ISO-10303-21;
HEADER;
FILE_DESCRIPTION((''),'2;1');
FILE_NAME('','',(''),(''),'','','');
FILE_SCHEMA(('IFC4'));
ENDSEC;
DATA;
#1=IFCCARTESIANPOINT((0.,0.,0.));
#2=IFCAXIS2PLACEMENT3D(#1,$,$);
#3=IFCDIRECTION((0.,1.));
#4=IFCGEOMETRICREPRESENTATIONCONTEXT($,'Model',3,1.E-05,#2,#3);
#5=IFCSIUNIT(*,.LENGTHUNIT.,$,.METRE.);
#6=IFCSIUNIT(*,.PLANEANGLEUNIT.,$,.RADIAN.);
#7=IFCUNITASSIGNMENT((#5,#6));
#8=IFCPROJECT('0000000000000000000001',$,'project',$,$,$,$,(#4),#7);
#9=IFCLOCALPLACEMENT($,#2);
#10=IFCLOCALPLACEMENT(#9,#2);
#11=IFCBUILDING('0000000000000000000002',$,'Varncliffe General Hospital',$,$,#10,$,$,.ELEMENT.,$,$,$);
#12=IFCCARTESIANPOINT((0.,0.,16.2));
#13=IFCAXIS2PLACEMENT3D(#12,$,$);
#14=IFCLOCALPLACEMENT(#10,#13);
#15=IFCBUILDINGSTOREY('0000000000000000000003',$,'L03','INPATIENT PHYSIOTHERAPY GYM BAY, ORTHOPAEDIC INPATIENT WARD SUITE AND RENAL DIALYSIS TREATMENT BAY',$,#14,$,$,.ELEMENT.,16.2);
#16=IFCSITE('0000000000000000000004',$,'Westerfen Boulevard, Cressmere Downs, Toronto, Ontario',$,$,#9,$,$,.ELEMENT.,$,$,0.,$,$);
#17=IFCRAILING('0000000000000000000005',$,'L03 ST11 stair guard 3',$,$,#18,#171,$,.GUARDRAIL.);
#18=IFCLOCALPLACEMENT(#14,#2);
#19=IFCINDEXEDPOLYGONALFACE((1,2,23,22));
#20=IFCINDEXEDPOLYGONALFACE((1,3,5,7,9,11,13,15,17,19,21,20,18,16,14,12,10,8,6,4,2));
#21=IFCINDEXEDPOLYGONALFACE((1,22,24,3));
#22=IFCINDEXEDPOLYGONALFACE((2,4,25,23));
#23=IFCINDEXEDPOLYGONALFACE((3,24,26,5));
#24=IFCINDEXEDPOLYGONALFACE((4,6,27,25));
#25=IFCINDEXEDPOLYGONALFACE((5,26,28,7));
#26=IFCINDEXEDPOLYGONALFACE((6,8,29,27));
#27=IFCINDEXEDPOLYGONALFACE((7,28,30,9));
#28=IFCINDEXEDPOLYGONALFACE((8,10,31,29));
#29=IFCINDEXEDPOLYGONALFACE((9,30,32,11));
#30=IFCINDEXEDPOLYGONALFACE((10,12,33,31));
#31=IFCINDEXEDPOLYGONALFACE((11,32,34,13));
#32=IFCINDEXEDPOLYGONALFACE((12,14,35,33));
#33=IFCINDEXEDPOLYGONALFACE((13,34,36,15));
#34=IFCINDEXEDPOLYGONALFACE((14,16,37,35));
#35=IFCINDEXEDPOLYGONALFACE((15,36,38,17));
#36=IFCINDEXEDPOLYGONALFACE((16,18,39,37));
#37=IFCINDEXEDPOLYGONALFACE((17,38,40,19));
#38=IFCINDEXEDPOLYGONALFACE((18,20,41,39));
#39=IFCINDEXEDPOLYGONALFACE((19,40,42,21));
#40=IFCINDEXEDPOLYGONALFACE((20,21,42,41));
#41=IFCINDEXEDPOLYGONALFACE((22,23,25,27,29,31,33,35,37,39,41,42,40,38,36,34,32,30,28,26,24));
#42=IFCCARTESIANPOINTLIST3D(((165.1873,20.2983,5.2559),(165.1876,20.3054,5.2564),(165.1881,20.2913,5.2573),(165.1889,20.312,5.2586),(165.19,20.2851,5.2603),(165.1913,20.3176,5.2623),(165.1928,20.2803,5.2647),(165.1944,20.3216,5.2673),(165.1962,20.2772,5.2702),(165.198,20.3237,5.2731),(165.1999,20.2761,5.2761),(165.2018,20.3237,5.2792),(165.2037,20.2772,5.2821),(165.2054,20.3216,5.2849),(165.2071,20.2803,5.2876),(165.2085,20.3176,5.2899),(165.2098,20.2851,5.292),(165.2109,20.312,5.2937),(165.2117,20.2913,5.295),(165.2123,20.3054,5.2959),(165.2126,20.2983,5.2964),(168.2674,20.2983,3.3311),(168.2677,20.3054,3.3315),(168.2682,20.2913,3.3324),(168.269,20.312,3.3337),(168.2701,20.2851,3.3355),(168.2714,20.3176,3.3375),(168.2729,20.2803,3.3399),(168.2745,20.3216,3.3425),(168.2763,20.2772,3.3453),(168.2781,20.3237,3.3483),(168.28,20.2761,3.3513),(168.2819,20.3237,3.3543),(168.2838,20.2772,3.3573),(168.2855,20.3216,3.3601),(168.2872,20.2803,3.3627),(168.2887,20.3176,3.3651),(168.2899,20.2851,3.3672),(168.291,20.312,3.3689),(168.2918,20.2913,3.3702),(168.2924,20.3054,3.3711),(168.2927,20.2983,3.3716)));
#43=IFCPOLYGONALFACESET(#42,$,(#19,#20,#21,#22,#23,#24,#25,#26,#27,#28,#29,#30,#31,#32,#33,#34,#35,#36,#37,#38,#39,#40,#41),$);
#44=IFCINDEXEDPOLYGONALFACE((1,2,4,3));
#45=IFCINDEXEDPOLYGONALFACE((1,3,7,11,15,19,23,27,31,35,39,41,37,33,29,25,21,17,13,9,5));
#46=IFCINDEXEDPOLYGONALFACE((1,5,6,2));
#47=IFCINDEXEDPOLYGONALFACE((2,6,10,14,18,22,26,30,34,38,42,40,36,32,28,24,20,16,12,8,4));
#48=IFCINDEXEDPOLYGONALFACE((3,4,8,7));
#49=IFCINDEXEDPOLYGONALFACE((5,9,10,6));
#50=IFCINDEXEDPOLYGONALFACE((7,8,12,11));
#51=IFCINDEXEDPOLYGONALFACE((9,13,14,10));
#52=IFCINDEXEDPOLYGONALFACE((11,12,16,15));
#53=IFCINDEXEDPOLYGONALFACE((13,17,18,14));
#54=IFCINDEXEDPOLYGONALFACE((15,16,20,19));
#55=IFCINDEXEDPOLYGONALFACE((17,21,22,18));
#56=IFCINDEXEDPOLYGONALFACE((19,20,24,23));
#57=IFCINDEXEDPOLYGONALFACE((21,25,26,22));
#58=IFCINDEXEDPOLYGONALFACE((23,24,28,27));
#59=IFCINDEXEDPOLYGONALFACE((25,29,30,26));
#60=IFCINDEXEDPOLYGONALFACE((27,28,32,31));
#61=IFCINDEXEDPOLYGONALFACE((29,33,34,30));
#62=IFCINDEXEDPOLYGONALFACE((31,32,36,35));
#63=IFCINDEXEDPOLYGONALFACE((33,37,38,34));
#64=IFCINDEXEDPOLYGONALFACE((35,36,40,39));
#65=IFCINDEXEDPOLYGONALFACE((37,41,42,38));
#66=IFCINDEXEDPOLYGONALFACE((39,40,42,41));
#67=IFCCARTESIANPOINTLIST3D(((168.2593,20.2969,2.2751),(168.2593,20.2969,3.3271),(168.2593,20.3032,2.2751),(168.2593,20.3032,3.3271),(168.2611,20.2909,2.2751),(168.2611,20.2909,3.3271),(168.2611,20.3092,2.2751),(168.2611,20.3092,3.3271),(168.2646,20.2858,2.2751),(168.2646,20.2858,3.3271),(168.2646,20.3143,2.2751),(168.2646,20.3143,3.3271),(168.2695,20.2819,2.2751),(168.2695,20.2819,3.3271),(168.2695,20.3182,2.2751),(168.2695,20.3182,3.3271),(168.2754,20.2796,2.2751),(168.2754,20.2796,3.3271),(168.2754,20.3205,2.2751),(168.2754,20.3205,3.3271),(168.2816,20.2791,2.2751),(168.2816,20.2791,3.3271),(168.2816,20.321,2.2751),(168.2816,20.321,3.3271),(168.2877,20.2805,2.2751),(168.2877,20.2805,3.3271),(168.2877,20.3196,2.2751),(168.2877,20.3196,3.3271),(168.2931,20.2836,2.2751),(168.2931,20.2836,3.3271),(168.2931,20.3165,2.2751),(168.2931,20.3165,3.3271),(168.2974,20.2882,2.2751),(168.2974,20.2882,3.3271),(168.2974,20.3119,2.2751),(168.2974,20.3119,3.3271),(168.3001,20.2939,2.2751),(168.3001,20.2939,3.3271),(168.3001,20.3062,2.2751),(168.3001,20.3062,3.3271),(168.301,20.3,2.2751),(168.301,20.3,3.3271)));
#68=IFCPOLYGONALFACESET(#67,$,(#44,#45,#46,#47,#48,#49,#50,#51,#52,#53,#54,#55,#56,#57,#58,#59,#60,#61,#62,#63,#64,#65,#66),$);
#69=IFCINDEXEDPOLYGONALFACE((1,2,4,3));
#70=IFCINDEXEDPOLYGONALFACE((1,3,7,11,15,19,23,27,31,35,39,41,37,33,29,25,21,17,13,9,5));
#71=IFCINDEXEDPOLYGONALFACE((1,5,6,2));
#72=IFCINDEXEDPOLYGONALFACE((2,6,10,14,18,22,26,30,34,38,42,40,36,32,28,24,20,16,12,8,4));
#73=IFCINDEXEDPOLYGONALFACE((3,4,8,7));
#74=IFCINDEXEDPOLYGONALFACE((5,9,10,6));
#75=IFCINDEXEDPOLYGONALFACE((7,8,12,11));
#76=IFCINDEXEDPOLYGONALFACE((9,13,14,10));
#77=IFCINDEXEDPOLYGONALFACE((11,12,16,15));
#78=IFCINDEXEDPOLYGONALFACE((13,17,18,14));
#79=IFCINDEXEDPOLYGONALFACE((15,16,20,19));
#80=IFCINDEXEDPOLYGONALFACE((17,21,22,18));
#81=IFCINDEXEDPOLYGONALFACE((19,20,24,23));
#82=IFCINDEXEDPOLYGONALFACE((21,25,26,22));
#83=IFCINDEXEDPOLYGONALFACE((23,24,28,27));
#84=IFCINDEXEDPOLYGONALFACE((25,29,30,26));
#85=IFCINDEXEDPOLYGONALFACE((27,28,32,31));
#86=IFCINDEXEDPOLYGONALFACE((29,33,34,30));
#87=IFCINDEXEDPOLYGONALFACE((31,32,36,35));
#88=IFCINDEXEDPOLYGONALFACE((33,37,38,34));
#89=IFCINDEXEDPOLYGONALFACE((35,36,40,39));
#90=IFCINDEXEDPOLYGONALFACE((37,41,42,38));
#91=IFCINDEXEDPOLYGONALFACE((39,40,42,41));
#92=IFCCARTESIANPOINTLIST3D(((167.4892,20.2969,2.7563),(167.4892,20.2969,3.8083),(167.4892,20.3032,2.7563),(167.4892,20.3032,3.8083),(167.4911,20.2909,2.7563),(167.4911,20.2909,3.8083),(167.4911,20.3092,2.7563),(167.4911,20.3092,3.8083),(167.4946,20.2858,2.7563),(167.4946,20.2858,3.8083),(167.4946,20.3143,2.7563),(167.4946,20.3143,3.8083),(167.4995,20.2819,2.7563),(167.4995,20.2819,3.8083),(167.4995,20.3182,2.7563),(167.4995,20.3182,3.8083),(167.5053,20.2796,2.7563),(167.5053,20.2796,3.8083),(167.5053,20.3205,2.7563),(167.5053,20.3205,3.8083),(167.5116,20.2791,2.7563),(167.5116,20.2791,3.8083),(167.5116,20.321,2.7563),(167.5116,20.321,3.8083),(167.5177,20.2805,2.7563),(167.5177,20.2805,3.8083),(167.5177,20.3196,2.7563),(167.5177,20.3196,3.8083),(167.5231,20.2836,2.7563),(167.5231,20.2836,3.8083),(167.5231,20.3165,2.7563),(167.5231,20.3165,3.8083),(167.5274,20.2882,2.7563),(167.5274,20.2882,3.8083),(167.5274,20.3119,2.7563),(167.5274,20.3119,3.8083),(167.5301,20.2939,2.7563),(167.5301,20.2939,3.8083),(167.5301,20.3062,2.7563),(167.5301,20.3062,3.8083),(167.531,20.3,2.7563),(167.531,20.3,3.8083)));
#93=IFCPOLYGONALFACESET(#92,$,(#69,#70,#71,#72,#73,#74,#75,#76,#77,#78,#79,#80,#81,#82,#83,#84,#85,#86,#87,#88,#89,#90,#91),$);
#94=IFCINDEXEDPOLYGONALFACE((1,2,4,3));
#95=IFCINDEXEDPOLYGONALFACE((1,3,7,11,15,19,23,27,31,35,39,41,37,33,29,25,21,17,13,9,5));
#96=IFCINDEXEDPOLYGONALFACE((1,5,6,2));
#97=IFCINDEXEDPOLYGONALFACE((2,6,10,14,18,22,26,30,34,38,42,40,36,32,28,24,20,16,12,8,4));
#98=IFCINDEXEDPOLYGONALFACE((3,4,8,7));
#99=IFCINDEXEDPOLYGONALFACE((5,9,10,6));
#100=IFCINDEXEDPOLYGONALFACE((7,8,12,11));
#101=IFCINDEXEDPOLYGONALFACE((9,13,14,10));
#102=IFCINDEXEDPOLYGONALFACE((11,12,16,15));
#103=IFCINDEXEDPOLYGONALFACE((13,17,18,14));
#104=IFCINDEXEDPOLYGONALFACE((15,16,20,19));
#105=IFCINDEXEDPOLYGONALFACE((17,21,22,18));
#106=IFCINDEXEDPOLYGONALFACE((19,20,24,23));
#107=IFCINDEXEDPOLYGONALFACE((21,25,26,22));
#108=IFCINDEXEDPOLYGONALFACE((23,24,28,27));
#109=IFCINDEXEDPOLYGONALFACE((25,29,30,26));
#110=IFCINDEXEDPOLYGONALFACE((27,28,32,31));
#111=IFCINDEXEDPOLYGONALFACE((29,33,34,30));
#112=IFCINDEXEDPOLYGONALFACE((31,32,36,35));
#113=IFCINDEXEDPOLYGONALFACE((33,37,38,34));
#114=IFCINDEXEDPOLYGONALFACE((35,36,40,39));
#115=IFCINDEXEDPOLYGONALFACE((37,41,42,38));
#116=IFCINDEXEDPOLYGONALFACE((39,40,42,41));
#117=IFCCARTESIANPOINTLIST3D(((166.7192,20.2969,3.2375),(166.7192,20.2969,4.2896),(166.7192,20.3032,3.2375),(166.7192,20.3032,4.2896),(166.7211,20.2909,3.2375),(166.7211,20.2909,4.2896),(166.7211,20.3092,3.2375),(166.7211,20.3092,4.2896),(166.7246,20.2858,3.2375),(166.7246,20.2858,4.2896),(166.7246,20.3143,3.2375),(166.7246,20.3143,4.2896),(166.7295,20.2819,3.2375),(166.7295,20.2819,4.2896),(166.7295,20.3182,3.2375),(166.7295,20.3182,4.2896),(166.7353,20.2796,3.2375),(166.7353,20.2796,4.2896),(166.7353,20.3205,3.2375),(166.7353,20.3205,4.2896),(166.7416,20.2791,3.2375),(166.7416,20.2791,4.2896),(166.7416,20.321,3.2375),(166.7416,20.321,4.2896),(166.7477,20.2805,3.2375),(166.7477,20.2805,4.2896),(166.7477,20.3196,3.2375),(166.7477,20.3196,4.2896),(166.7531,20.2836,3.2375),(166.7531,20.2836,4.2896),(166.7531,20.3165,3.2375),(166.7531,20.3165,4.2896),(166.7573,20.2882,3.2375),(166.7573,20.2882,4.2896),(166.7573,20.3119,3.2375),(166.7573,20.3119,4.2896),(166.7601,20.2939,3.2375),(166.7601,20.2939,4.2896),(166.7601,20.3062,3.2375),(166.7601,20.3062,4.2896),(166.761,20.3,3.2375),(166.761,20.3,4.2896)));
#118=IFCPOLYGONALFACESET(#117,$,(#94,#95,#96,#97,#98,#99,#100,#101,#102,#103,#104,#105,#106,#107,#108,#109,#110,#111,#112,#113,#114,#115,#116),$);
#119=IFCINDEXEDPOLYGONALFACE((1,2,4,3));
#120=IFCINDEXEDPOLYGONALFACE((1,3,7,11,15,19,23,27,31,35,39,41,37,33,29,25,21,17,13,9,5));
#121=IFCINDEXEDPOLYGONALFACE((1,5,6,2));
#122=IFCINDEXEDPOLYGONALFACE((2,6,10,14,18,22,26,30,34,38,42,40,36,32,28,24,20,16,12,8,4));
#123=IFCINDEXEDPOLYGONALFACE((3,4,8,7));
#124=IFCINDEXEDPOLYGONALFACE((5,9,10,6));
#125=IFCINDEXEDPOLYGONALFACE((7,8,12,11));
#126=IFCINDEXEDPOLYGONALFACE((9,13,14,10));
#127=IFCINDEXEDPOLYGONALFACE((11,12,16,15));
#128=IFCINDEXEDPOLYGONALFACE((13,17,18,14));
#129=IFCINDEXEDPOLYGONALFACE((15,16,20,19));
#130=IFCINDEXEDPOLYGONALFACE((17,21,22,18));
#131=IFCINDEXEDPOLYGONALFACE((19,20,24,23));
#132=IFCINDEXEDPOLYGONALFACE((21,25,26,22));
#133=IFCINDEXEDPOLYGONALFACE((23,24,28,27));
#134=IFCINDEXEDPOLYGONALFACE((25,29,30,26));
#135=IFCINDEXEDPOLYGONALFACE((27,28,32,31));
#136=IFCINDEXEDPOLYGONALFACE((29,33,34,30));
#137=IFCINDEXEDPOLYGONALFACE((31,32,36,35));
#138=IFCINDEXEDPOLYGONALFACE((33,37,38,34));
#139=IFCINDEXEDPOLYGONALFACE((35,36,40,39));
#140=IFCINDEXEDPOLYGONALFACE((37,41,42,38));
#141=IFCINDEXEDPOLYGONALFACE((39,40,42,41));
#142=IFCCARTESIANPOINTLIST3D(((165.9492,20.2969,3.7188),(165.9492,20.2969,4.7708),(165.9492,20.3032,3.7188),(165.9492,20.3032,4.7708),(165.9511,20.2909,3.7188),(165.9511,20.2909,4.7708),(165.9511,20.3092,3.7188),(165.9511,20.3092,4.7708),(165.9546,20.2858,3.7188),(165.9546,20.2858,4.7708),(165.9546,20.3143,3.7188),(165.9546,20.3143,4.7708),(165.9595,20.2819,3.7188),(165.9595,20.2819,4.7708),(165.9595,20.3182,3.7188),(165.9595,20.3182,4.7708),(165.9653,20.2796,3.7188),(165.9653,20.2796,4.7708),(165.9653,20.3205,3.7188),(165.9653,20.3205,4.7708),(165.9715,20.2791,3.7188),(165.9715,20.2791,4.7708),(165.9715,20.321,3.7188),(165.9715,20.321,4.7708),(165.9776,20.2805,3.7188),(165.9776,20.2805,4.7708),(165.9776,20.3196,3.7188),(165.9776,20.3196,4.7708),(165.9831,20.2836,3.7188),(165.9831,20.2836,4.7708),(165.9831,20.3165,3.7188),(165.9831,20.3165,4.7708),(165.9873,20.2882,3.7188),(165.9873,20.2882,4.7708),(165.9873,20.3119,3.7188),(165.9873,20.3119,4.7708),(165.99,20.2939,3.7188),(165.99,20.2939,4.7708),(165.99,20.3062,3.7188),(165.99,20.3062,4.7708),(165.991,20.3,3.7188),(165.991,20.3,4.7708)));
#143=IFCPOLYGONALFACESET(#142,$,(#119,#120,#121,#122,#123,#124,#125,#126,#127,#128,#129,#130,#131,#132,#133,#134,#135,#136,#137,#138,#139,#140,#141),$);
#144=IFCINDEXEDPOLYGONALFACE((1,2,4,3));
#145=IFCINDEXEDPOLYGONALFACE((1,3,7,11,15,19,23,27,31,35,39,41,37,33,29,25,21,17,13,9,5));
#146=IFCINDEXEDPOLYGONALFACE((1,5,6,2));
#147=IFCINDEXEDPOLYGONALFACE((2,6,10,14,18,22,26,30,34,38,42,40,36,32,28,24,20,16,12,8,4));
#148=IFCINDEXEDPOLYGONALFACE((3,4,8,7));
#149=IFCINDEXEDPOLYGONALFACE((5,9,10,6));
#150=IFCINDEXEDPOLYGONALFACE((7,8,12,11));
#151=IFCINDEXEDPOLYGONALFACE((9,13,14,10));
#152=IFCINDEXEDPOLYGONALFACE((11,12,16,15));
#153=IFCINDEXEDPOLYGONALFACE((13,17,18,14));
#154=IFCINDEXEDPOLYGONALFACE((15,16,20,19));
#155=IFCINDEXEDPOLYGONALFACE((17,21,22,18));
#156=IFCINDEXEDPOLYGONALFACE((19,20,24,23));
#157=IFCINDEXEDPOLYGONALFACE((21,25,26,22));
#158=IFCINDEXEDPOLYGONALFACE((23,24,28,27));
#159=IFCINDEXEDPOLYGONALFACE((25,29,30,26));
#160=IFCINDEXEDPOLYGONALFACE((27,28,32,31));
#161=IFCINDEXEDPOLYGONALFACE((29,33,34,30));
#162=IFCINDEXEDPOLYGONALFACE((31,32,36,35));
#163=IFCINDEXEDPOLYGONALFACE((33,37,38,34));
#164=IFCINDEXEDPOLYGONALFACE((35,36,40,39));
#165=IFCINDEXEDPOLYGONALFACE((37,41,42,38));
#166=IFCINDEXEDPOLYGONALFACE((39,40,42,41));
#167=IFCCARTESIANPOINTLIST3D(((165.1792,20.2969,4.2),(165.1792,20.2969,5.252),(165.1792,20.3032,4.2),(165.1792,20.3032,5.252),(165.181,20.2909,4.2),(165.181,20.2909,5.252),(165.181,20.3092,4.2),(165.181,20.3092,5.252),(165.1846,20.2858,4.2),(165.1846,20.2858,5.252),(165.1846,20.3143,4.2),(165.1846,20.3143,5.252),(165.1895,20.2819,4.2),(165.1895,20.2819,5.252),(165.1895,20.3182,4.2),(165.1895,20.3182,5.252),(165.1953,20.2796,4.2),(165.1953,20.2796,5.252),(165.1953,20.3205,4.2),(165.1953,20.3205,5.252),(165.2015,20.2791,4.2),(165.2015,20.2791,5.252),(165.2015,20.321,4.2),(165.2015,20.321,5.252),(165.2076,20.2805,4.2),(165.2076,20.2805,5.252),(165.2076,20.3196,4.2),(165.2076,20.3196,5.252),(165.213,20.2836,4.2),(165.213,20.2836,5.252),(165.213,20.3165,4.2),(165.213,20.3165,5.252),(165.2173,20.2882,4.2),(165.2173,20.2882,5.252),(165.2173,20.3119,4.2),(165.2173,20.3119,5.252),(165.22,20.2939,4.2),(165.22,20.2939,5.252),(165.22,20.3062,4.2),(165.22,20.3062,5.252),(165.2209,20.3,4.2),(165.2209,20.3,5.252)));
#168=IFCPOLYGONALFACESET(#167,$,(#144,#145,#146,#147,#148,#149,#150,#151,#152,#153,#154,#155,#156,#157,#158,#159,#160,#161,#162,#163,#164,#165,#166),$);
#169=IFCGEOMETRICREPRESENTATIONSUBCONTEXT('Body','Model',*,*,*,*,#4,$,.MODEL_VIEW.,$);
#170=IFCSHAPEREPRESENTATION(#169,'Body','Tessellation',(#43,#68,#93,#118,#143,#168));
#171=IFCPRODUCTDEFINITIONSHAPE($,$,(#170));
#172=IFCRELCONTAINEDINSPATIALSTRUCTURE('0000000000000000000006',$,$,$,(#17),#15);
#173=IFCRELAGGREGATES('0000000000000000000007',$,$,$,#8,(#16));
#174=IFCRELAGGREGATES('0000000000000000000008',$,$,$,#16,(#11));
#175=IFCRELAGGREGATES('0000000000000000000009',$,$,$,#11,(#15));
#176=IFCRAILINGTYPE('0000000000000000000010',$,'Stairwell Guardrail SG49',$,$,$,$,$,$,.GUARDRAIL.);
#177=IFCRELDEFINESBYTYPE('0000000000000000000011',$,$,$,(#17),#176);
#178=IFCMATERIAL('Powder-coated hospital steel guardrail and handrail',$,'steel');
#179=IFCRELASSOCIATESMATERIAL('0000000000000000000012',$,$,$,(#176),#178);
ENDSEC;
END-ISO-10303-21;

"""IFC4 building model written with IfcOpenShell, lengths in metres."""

from ifc_helpers import new_model, si_unit, direction, frame, origin, origin_2d, place, context, subcontext, project, spatial, circle, extrude, material, type_object, element, save


model = new_model("IFC4")

# Units and contexts
model_context = context("Model", 3, precision=1e-05, world=origin(), true_north=direction((0.0, 1.0)))
body_context = subcontext(model_context, "Body", "Model", "MODEL_VIEW")
ifc_project = project(units=[si_unit("LENGTHUNIT", "METRE"), si_unit("PLANEANGLEUNIT", "RADIAN")], contexts=[model_context])

# Site, building, storey
site_placement = place(None, origin())
site = spatial("IfcSite", under=ifc_project, at=site_placement, Name="Westerfen Boulevard, Cressmere Downs, Toronto, Ontario", CompositionType="ELEMENT", RefElevation=0.0)
building_placement = place(site_placement, origin())
building = spatial("IfcBuilding", under=site, at=building_placement, Name="Varncliffe General Hospital", CompositionType="ELEMENT")
storey_placement = place(building_placement, frame((0.0, 0.0, 16.2)))
storey = spatial("IfcBuildingStorey", under=building, at=storey_placement, Name="L03", Description="INPATIENT PHYSIOTHERAPY GYM BAY, ORTHOPAEDIC INPATIENT WARD SUITE AND RENAL DIALYSIS TREATMENT BAY", CompositionType="ELEMENT", Elevation=16.2)

# Railing
ifc_material_1 = material(Name="Powder-coated hospital steel guardrail and handrail", Category="steel")
railing_type_1 = type_object("IfcRailingType", Name="Stairwell Guardrail SG49", PredefinedType="GUARDRAIL", material=ifc_material_1)
railing_1_placement = place(storey_placement, frame((168.28, 20.3, 2.2751)))
element("IfcRailing", 1, at=railing_1_placement, inside=storey, type_object=railing_type_1, Name="L03 ST11 stair guard 3", PredefinedType="GUARDRAIL", context=body_context, shape_type="SweptSolid", body=[
    extrude(circle(Radius=0.0239, at=origin_2d()), frame((0.0, 0.0, 1.0762), z_axis=(-0.848029, 0.0, 0.529951), x_axis=(0.0, -1.0, 0.0)), (0.0, 0.0, 1.0), 3.6321),
    extrude(circle(Radius=0.021, at=origin_2d()), origin(), (0.0, 0.0, 1.0), 1.052),
    extrude(circle(Radius=0.021, at=origin_2d()), frame((-0.77, 0.0, 0.4812)), (0.0, 0.0, 1.0), 1.052),
    extrude(circle(Radius=0.021, at=origin_2d()), frame((-1.54, 0.0, 0.9624)), (0.0, 0.0, 1.0), 1.052),
    extrude(circle(Radius=0.021, at=origin_2d()), frame((-2.3101, 0.0, 1.4436)), (0.0, 0.0, 1.0), 1.052),
    extrude(circle(Radius=0.021, at=origin_2d()), frame((-3.0801, 0.0, 1.9248)), (0.0, 0.0, 1.0), 1.052),
])

save(model, "model.ifc")
